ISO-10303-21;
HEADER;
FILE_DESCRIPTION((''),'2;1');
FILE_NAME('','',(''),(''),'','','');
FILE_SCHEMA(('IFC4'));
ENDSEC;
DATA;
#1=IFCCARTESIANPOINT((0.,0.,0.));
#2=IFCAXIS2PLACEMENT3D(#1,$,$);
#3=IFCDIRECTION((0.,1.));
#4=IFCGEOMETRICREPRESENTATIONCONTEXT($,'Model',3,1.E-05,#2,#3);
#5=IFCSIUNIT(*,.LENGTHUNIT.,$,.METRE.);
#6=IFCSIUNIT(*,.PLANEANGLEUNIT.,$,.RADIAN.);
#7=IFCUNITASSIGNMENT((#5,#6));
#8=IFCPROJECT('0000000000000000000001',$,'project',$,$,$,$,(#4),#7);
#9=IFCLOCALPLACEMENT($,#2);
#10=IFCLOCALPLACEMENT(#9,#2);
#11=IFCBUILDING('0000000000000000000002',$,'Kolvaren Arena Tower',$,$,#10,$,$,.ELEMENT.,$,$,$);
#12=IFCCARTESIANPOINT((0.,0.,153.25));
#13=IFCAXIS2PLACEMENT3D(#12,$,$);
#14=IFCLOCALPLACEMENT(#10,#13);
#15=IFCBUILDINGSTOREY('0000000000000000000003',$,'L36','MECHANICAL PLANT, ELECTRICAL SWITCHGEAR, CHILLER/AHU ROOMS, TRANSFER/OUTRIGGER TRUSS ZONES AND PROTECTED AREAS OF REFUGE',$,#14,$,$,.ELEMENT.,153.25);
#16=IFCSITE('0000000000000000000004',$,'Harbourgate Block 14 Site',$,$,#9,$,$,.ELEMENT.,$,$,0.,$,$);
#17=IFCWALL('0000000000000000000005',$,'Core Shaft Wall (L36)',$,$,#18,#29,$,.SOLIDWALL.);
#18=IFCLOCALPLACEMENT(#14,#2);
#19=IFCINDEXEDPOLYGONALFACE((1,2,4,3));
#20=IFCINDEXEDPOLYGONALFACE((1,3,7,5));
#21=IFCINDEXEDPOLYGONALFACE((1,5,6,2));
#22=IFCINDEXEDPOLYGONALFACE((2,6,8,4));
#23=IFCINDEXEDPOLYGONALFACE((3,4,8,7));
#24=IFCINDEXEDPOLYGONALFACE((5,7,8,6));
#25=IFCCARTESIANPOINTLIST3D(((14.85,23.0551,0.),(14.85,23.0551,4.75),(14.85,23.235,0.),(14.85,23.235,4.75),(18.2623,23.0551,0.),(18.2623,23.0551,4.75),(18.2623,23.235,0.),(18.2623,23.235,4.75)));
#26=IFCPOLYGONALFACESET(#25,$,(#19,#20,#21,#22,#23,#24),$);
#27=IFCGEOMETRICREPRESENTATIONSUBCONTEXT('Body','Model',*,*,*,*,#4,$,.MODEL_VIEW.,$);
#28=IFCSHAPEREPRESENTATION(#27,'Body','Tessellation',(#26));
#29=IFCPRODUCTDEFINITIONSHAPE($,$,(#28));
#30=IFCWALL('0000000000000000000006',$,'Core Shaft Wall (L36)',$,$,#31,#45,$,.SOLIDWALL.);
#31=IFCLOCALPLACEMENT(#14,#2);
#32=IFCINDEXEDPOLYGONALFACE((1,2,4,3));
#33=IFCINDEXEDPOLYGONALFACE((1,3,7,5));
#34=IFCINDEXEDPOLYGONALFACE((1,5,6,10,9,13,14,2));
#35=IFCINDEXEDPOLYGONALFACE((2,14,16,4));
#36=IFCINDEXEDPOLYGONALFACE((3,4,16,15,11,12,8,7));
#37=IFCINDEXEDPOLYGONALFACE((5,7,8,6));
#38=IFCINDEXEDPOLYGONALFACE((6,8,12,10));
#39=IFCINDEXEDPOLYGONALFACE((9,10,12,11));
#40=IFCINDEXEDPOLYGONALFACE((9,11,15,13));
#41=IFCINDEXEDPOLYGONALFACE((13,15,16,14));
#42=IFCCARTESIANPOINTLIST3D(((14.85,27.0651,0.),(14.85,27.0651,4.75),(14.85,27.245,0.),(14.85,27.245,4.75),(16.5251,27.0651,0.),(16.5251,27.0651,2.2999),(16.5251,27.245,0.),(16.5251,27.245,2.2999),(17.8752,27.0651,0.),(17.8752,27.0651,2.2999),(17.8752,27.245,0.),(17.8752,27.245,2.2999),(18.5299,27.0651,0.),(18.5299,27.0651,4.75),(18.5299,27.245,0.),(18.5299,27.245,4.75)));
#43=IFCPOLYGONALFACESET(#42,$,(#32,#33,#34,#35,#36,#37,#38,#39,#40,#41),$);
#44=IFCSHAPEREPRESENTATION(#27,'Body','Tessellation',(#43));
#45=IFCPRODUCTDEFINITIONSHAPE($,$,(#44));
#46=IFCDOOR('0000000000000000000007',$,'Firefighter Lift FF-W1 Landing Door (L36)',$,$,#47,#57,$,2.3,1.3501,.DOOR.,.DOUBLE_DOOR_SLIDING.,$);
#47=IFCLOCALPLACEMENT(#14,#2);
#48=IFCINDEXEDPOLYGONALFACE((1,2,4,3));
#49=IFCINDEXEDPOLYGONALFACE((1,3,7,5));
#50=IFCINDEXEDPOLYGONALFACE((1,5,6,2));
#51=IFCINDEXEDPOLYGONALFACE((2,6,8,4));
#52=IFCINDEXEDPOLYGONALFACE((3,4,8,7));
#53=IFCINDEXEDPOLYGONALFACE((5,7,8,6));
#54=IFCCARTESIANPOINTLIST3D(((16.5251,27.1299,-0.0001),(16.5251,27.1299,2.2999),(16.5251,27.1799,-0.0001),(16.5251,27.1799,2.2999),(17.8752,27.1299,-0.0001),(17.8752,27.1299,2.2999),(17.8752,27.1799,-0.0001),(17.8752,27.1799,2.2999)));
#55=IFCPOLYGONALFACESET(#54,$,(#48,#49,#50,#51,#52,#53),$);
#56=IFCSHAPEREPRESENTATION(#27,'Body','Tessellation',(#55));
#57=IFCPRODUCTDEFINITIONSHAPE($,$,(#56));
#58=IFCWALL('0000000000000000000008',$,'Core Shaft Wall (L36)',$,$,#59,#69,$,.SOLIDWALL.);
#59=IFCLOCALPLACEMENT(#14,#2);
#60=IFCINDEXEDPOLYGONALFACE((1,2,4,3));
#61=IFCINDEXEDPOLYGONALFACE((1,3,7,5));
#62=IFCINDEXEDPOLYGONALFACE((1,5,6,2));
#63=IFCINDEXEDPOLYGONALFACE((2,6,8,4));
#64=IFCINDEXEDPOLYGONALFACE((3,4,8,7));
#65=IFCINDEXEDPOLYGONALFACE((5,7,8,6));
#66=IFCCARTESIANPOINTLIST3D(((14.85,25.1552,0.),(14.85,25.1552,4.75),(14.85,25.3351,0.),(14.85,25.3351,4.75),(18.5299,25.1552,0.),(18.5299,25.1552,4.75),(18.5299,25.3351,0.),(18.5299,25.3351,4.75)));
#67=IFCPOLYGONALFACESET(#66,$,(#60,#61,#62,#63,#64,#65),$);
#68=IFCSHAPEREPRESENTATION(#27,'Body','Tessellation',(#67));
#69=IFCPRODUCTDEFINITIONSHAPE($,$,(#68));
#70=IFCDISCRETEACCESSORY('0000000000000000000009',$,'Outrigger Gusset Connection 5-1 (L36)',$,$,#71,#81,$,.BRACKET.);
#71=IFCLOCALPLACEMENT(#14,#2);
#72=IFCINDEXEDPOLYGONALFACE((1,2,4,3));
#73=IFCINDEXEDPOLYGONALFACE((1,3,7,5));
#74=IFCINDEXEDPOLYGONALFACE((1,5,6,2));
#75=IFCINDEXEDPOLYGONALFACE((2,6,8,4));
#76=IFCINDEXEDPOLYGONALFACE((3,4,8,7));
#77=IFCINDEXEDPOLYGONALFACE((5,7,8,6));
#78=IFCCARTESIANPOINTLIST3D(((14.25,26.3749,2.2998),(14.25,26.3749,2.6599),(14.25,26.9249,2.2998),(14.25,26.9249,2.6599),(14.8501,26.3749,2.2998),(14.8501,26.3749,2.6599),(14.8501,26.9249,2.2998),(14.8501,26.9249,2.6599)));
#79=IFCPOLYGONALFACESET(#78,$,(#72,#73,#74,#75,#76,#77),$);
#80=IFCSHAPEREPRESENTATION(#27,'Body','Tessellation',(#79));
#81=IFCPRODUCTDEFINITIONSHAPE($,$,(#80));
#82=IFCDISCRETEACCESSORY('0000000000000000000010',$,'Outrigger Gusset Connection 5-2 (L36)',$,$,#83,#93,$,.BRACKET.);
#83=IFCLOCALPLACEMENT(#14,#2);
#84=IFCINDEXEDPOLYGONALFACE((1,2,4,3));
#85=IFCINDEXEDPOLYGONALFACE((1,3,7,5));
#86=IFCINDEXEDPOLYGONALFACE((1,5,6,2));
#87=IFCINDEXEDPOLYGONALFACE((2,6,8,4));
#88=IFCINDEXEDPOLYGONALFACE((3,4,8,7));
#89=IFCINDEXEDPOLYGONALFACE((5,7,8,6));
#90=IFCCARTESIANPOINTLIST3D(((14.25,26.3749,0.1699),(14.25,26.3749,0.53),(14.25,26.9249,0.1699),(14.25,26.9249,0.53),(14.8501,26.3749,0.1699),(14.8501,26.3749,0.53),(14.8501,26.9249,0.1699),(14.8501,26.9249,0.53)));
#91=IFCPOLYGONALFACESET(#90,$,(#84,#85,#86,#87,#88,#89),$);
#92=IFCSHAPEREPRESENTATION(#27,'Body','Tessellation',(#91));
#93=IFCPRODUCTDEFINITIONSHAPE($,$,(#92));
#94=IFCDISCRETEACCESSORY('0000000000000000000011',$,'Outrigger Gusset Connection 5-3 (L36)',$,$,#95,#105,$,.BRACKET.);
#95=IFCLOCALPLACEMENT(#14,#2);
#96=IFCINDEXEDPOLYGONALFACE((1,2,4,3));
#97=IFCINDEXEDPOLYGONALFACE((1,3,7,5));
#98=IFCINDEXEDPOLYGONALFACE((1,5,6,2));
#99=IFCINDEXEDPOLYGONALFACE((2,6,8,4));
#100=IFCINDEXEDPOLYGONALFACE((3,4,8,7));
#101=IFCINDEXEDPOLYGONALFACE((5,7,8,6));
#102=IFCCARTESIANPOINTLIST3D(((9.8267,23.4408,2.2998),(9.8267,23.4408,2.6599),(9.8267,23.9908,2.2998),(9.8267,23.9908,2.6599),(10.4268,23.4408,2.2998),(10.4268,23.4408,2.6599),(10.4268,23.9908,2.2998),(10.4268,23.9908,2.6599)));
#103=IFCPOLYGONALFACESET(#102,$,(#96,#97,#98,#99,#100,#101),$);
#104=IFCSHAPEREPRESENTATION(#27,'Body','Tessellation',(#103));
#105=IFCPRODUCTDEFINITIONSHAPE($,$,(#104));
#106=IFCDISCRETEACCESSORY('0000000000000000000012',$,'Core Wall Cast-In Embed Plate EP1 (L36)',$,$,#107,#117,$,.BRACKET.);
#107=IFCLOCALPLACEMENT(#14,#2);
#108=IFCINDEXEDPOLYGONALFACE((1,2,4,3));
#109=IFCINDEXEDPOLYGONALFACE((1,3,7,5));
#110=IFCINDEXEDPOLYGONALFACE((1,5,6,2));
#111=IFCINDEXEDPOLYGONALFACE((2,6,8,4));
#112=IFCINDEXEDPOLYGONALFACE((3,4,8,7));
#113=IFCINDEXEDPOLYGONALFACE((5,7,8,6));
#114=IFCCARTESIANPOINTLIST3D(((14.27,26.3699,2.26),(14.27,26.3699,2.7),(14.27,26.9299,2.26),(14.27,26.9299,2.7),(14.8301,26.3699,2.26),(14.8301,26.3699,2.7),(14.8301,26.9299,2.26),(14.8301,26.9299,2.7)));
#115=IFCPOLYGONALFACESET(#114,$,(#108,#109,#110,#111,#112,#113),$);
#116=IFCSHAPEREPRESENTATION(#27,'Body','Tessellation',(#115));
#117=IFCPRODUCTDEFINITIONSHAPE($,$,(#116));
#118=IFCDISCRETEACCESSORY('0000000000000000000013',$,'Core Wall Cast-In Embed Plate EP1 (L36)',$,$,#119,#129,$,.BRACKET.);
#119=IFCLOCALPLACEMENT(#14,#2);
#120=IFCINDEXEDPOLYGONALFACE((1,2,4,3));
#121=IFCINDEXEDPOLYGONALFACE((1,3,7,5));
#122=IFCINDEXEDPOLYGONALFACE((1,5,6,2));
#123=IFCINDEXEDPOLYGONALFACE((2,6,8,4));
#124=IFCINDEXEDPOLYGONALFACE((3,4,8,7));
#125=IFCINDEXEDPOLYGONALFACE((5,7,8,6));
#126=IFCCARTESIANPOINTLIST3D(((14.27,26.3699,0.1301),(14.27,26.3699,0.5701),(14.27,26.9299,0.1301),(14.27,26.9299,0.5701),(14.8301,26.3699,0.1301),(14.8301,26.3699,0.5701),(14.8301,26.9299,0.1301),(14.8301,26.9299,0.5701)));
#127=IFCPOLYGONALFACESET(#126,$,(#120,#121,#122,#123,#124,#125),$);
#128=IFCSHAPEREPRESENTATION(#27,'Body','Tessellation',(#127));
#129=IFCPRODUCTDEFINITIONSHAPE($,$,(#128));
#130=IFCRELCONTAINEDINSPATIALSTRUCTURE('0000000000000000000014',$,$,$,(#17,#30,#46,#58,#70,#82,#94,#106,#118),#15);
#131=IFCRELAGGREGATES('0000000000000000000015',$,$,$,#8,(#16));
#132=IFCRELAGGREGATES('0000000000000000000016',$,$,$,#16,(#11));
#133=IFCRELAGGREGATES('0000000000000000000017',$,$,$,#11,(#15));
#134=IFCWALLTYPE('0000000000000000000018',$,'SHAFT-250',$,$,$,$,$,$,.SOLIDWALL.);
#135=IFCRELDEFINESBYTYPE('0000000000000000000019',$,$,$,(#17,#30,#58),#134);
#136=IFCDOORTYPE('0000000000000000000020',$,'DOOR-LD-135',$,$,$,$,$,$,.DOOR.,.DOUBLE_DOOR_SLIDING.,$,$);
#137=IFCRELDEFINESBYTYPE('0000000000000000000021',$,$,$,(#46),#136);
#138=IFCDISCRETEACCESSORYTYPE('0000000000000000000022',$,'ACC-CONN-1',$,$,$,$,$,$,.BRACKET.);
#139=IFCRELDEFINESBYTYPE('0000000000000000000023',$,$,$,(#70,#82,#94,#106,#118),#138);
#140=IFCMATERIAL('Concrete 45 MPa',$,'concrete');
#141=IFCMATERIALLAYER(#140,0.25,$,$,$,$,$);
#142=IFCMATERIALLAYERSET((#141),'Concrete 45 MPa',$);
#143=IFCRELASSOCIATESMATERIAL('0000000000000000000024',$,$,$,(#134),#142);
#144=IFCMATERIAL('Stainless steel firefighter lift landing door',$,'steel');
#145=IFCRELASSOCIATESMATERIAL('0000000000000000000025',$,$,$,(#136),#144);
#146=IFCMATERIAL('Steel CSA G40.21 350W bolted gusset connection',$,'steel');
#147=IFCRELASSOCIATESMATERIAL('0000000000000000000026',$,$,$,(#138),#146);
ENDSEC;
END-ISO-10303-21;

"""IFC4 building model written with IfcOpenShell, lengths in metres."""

from ifc_helpers import new_model, si_unit, direction, frame, frame_2d, origin, origin_2d, place, context, subcontext, project, spatial, rectangle, extrude, material, layer, layer_set, type_object, element, fill, save


model = new_model("IFC4")

# Units and contexts
model_context = context("Model", 3, precision=1e-05, world=origin(), true_north=direction((0.0, 1.0)))
body_context = subcontext(model_context, "Body", "Model", "MODEL_VIEW")
ifc_project = project(units=[si_unit("LENGTHUNIT", "METRE"), si_unit("PLANEANGLEUNIT", "RADIAN")], contexts=[model_context])

# Site, building, storey
site_placement = place(None, origin())
site = spatial("IfcSite", under=ifc_project, at=site_placement, Name="Harbourgate Block 14 Site", CompositionType="ELEMENT", RefElevation=0.0)
building_placement = place(site_placement, origin())
building = spatial("IfcBuilding", under=site, at=building_placement, Name="Kolvaren Arena Tower", CompositionType="ELEMENT")
storey_placement = place(building_placement, frame((0.0, 0.0, 153.25)))
storey = spatial("IfcBuildingStorey", under=building, at=storey_placement, Name="L36", Description="MECHANICAL PLANT, ELECTRICAL SWITCHGEAR, CHILLER/AHU ROOMS, TRANSFER/OUTRIGGER TRUSS ZONES AND PROTECTED AREAS OF REFUGE", CompositionType="ELEMENT", Elevation=153.25)

# Wall
ifc_material_1 = material(Name="Concrete 45 MPa", Category="concrete")
ifc_layer_1 = layer(ifc_material_1, 0.25)
ifc_layer_set_1 = layer_set([ifc_layer_1], Name="Concrete 45 MPa")
wall_type = type_object("IfcWallType", Name="SHAFT-250", PredefinedType="SOLIDWALL", material=ifc_layer_set_1)
for number, where, z_axis, x_axis, name in (
    (1, (14.8501, 23.145, 0.0), (0.0, 0.0, 1.0), (1.0, 0.0, 0.0), "Core Shaft Wall (L36)"),
):
    element("IfcWall", number, at=place(storey_placement, frame(where, z_axis=z_axis, x_axis=x_axis)), inside=storey, type_object=wall_type, Name=name, PredefinedType="SOLIDWALL", context=body_context, shape_type="SweptSolid", body=[
        extrude(rectangle(XDim=3.4124, YDim=0.1799, at=frame_2d((1.7061, 0.0))), origin(), (0.0, 0.0, 1.0), 4.75),
    ])

# Wall, opening, door
wall_1_placement = place(storey_placement, frame((14.8501, 27.155, 0.0), z_axis=(0.0, 0.0, 1.0), x_axis=(1.0, 0.0, 0.0)))
wall_1 = element("IfcWall", 2, at=wall_1_placement, inside=storey, type_object=wall_type, Name="Core Shaft Wall (L36)", PredefinedType="SOLIDWALL", context=body_context, shape_type="SweptSolid", body=[
    extrude(rectangle(XDim=3.6799, YDim=0.1799, at=frame_2d((1.8398, 0.0))), origin(), (0.0, 0.0, 1.0), 4.75),
])
opening_placement = place(wall_1_placement, frame((1.675, 0.0, 0.0)))
opening = element("IfcOpeningElement", 3, at=opening_placement, cuts=wall_1, PredefinedType="OPENING", context=body_context, shape_type="SweptSolid", body=[
    extrude(rectangle(XDim=1.3501, YDim=2.3, at=frame_2d((0.675, 1.1499))), frame((0.0, 0.0999, 0.0), z_axis=(0.0, -1.0, 0.0), x_axis=(1.0, 0.0, 0.0)), (0.0, 0.0, 1.0), 0.2),
])
ifc_material_2 = material(Name="Stainless steel firefighter lift landing door", Category="steel")
door_type = type_object("IfcDoorType", Name="DOOR-LD-135", OperationType="DOUBLE_DOOR_SLIDING", PredefinedType="DOOR", material=ifc_material_2)
door_placement = place(opening_placement, origin())
door = element("IfcDoor", 4, at=door_placement, inside=storey, type_object=door_type, Name="Firefighter Lift FF-W1 Landing Door (L36)", OperationType="DOUBLE_DOOR_SLIDING", OverallHeight=2.3, OverallWidth=1.3501, PredefinedType="DOOR", context=body_context, shape_type="SweptSolid", body=[
    extrude(rectangle(XDim=1.3501, YDim=2.3, at=frame_2d((0.675, 1.1499))), frame((0.0, 0.0249, 0.0), z_axis=(0.0, -1.0, 0.0), x_axis=(1.0, 0.0, 0.0)), (0.0, 0.0, 1.0), 0.05),
])
fill(opening, door)

# Wall
wall_2_placement = place(storey_placement, frame((14.8501, 25.2451, 0.0), z_axis=(0.0, 0.0, 1.0), x_axis=(1.0, 0.0, 0.0)))
element("IfcWall", 5, at=wall_2_placement, inside=storey, type_object=wall_type, Name="Core Shaft Wall (L36)", PredefinedType="SOLIDWALL", context=body_context, shape_type="SweptSolid", body=[
    extrude(rectangle(XDim=3.6799, YDim=0.1799, at=frame_2d((1.8398, 0.0))), origin(), (0.0, 0.0, 1.0), 4.75),
])

# Discrete accessories
ifc_material_3 = material(Name="Steel CSA G40.21 350W bolted gusset connection", Category="steel")
discrete_accessory_type = type_object("IfcDiscreteAccessoryType", Name="ACC-CONN-1", PredefinedType="BRACKET", material=ifc_material_3)
for number, where, z_axis, x_axis, name in (
    (6, (14.55, 26.6499, 2.2998), (0.0, 0.0, 1.0), (1.0, 0.0, 0.0), "Outrigger Gusset Connection 5-1 (L36)"),
    (7, (14.55, 26.6499, 0.1699), (0.0, 0.0, 1.0), (1.0, 0.0, 0.0), "Outrigger Gusset Connection 5-2 (L36)"),
    (8, (10.1267, 23.7158, 2.2998), (0.0, 0.0, 1.0), (1.0, 0.0, 0.0), "Outrigger Gusset Connection 5-3 (L36)"),
):
    element("IfcDiscreteAccessory", number, at=place(storey_placement, frame(where, z_axis=z_axis, x_axis=x_axis)), inside=storey, type_object=discrete_accessory_type, Name=name, PredefinedType="BRACKET", context=body_context, shape_type="SweptSolid", body=[
        extrude(rectangle(XDim=0.6001, YDim=0.55, at=origin_2d()), origin(), (0.0, 0.0, 1.0), 0.3601),
    ])
for number, where, z_axis, x_axis, name in (
    (9, (14.55, 26.6499, 2.26), (0.0, 0.0, 1.0), (1.0, 0.0, 0.0), "Core Wall Cast-In Embed Plate EP1 (L36)"),
    (10, (14.55, 26.6499, 0.1301), (0.0, 0.0, 1.0), (1.0, 0.0, 0.0), "Core Wall Cast-In Embed Plate EP1 (L36)"),
):
    element("IfcDiscreteAccessory", number, at=place(storey_placement, frame(where, z_axis=z_axis, x_axis=x_axis)), inside=storey, type_object=discrete_accessory_type, Name=name, PredefinedType="BRACKET", context=body_context, shape_type="SweptSolid", body=[
        extrude(rectangle(XDim=0.5601, YDim=0.5601, at=origin_2d()), origin(), (0.0, 0.0, 1.0), 0.4399),
    ])

save(model, "model.ifc")
